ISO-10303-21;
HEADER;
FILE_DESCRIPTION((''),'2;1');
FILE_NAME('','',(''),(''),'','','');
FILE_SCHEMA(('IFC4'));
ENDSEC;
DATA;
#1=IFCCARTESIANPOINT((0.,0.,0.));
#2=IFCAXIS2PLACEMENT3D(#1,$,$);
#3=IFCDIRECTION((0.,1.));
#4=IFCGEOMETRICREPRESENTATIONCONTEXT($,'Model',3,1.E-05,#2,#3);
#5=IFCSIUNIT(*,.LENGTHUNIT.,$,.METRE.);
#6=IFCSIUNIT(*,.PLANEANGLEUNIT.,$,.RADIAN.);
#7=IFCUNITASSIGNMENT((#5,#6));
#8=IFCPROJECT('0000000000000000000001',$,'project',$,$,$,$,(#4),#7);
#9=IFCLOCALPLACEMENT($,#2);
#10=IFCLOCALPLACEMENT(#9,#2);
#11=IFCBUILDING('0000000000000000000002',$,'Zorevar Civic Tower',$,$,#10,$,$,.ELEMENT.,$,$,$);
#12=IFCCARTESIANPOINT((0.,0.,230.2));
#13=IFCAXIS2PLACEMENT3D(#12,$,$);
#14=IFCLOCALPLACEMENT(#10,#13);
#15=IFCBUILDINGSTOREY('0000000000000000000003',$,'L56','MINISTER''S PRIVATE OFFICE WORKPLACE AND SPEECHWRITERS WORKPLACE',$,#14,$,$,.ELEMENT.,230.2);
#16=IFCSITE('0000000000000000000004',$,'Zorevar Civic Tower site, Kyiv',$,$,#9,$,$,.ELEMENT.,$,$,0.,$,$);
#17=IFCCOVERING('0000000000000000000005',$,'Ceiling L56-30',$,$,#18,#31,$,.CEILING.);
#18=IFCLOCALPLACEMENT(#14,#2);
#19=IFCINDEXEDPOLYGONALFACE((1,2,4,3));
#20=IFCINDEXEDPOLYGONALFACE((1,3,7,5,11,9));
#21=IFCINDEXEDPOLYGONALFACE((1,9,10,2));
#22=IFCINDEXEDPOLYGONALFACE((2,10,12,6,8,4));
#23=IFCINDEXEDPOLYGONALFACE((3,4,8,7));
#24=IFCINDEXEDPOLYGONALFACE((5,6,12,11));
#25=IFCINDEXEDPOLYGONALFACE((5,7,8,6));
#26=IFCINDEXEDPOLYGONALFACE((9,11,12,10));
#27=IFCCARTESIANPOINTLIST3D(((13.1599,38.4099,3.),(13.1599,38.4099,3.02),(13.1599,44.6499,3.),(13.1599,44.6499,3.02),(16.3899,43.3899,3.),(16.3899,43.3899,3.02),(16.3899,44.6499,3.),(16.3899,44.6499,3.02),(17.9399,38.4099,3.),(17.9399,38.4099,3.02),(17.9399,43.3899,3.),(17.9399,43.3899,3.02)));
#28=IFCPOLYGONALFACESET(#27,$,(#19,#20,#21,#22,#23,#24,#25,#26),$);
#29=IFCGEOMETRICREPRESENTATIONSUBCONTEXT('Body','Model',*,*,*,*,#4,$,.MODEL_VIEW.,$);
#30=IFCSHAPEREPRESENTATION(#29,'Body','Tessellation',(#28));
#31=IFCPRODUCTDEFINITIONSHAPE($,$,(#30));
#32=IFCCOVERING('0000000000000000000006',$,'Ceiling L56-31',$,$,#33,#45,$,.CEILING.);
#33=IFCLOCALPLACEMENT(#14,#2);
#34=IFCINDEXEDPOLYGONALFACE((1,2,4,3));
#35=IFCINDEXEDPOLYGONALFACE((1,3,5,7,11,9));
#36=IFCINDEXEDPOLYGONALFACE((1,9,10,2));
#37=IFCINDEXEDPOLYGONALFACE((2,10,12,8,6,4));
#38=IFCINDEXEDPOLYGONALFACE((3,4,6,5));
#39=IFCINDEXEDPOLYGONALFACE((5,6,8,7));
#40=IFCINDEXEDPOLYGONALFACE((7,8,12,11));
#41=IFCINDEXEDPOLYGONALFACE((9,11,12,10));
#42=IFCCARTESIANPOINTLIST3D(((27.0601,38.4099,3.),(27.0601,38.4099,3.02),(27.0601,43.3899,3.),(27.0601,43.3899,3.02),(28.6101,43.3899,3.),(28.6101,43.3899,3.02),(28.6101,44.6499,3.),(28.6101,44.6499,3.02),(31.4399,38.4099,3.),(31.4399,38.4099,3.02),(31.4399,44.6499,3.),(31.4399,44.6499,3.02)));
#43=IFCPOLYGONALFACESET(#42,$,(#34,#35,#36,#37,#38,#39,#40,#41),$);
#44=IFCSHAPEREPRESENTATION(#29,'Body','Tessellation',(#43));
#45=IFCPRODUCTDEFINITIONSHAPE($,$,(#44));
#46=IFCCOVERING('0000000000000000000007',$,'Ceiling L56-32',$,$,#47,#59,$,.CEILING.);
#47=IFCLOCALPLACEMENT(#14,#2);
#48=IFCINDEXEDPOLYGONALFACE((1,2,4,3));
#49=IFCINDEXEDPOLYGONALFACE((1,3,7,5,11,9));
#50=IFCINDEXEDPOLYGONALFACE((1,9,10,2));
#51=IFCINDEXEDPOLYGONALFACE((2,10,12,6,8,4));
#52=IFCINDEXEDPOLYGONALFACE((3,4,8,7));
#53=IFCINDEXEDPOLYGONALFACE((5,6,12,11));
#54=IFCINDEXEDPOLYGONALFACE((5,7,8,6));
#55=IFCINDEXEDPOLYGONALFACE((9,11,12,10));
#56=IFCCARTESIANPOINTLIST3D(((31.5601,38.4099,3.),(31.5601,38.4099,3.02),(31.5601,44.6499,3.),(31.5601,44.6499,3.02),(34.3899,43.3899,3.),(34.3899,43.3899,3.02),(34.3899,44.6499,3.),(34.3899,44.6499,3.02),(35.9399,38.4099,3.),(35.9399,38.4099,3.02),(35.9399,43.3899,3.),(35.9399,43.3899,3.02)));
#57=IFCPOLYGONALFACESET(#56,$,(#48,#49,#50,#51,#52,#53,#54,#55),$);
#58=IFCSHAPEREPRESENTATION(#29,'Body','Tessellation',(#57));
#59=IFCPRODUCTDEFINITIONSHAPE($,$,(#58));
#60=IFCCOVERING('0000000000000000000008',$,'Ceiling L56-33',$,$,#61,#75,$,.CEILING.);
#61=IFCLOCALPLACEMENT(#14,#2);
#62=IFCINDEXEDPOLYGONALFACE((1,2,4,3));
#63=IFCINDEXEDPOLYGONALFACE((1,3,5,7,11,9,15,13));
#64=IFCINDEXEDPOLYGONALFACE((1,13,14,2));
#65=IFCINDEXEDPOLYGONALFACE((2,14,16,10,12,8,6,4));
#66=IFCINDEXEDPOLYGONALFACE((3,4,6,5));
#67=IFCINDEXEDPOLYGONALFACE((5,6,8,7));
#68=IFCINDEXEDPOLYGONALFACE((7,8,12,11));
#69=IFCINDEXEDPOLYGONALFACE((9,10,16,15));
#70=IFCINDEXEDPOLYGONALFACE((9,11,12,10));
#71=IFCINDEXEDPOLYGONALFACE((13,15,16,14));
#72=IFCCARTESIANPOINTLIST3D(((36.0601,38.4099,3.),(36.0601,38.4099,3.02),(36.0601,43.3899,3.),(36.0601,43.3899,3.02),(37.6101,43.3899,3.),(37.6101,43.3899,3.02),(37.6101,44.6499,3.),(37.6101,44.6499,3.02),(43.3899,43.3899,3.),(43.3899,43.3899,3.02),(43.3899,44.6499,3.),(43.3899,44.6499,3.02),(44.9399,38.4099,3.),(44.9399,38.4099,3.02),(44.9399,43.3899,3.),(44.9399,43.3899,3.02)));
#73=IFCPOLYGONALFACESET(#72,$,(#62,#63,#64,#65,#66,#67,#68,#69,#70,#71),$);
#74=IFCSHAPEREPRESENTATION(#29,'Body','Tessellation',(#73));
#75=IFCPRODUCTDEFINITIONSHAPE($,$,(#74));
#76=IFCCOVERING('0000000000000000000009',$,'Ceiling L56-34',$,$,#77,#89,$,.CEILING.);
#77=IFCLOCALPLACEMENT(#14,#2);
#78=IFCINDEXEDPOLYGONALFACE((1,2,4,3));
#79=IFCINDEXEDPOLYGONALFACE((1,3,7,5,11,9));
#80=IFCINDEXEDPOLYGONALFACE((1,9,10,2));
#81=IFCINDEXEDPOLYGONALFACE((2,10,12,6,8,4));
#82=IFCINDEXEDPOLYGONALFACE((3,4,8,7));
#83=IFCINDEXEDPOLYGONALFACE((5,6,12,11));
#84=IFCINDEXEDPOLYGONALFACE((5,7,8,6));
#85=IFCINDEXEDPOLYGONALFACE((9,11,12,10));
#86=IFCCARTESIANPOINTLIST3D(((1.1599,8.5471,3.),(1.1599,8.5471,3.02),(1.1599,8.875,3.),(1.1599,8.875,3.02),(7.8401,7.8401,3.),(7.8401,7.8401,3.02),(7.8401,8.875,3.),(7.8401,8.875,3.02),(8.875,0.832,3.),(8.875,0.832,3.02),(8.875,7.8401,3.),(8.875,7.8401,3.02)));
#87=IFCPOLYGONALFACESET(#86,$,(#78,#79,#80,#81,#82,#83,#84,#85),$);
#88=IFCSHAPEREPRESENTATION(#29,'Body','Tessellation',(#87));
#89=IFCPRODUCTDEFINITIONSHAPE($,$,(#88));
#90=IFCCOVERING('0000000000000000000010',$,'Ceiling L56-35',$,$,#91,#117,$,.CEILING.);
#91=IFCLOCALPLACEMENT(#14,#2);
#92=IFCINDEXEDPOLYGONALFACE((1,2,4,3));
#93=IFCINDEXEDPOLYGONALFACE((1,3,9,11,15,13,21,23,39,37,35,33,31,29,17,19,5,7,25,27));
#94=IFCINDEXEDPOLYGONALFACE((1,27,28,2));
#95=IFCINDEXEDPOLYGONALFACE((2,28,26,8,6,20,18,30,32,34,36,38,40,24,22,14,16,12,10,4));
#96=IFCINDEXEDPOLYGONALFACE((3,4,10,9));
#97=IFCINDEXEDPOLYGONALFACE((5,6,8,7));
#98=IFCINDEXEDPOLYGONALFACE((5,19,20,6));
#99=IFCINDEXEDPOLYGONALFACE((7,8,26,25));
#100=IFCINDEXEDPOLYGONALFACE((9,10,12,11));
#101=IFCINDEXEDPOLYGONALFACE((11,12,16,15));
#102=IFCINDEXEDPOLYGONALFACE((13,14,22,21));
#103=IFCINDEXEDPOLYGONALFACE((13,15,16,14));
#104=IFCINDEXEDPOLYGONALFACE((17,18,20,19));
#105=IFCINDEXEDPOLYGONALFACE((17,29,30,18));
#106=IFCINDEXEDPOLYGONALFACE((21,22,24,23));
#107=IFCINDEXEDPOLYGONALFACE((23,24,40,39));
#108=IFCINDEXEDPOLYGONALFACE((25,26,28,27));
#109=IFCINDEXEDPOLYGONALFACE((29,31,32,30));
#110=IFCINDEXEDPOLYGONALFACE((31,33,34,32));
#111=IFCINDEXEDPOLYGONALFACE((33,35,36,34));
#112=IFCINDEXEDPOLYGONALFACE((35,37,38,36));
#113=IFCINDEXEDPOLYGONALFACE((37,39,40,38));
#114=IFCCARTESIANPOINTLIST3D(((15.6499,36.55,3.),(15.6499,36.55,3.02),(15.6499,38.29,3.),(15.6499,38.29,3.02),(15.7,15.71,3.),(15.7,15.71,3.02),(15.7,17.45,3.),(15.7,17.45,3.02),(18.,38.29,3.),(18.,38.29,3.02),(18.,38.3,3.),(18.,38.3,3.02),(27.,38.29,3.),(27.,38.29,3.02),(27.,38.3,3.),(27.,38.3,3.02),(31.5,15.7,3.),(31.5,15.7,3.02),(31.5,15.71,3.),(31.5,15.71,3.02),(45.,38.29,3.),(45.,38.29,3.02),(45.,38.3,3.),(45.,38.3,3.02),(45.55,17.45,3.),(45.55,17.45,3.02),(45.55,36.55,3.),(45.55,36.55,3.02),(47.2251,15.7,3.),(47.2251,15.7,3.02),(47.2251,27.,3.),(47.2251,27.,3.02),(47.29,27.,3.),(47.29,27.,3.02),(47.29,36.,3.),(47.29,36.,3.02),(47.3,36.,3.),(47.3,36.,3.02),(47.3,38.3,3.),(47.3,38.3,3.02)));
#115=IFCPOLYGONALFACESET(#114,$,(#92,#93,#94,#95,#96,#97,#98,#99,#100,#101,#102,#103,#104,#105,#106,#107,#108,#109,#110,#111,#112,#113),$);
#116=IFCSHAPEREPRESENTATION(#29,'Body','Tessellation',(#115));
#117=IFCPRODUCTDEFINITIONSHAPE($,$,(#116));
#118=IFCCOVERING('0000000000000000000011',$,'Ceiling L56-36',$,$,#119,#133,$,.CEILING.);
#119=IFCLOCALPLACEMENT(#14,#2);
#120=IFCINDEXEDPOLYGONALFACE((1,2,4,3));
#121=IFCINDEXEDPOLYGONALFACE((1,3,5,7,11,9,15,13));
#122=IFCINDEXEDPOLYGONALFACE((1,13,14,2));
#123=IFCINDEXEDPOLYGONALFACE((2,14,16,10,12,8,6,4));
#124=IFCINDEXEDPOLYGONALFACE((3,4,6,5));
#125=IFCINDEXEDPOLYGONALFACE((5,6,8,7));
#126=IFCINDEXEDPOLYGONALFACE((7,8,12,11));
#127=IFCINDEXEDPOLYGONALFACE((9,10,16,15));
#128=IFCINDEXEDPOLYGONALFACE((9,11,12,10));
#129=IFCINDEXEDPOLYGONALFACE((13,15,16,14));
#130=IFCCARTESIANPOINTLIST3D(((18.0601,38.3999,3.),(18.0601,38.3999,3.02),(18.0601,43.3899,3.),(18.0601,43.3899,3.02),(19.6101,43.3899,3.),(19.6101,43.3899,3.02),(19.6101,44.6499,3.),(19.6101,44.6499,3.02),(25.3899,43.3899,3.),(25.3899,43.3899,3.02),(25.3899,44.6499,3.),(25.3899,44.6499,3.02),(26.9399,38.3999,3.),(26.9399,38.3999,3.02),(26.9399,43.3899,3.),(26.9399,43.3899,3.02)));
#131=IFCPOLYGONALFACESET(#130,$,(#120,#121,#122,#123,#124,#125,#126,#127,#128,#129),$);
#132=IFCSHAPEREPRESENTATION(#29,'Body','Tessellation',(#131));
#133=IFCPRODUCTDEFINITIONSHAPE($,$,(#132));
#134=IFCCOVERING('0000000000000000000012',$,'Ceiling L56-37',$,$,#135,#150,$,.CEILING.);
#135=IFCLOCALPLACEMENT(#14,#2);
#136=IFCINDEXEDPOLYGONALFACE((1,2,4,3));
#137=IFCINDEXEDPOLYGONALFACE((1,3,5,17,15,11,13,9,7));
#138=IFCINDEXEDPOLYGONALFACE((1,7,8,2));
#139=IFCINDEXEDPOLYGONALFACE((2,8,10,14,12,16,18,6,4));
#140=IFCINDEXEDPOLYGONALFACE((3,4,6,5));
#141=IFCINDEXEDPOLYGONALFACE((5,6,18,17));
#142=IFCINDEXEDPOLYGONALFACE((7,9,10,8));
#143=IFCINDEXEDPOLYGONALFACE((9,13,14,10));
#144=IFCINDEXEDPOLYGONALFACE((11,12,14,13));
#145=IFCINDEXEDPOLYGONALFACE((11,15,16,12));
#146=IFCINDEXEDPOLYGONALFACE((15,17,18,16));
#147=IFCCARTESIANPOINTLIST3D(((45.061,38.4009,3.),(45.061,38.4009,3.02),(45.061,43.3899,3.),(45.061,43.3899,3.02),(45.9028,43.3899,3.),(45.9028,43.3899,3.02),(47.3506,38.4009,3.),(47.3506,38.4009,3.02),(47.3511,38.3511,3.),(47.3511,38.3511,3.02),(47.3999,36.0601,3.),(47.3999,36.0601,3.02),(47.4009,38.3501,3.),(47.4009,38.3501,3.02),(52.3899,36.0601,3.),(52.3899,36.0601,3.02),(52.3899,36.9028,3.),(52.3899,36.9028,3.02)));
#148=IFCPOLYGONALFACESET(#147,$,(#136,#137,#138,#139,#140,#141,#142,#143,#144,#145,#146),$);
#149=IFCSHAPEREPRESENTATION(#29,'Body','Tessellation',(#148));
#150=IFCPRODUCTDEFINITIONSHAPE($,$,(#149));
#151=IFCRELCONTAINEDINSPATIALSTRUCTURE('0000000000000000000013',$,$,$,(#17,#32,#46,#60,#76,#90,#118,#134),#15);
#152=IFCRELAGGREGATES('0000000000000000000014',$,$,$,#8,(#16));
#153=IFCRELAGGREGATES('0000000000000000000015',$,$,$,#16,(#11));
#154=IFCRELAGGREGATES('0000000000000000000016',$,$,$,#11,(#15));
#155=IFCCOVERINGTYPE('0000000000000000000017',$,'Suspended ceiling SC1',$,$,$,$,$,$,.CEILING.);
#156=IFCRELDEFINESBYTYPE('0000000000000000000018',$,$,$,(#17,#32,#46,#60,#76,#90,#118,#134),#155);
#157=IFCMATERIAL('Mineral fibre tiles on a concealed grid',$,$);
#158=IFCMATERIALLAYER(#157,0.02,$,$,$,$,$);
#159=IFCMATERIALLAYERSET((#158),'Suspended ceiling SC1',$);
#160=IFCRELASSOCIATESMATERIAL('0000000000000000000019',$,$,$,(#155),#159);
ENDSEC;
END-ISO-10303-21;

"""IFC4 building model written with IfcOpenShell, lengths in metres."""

from ifc_helpers import new_model, si_unit, direction, frame, origin, place, context, subcontext, project, spatial, polyline, outline, extrude, material, layer, layer_set, type_object, element, save


model = new_model("IFC4")

# Units and contexts
model_context = context("Model", 3, precision=1e-05, world=origin(), true_north=direction((0.0, 1.0)))
body_context = subcontext(model_context, "Body", "Model", "MODEL_VIEW")
ifc_project = project(units=[si_unit("LENGTHUNIT", "METRE"), si_unit("PLANEANGLEUNIT", "RADIAN")], contexts=[model_context])

# Site, building, storey
site_placement = place(None, origin())
site = spatial("IfcSite", under=ifc_project, at=site_placement, Name="Zorevar Civic Tower site, Kyiv", CompositionType="ELEMENT", RefElevation=0.0)
building_placement = place(site_placement, origin())
building = spatial("IfcBuilding", under=site, at=building_placement, Name="Zorevar Civic Tower", CompositionType="ELEMENT")
storey_placement = place(building_placement, frame((0.0, 0.0, 230.2)))
storey = spatial("IfcBuildingStorey", under=building, at=storey_placement, Name="L56", Description="MINISTER'S PRIVATE OFFICE WORKPLACE AND SPEECHWRITERS WORKPLACE", CompositionType="ELEMENT", Elevation=230.2)

# Coverings
ifc_material_1 = material(Name="Mineral fibre tiles on a concealed grid")
ifc_layer = layer(ifc_material_1, 0.02)
ifc_layer_set = layer_set([ifc_layer], Name="Suspended ceiling SC1")
covering_type = type_object("IfcCoveringType", Name="Suspended ceiling SC1", PredefinedType="CEILING", material=ifc_layer_set)
covering_1_placement = place(storey_placement, frame((0.0, 0.0, 3.0)))
element("IfcCovering", 1, at=covering_1_placement, inside=storey, type_object=covering_type, Name="Ceiling L56-30", PredefinedType="CEILING", context=body_context, shape_type="SweptSolid", body=[
    extrude(outline(polyline([(13.1599, 38.4099), (13.1599, 44.6499), (16.3899, 44.6499), (16.3899, 43.3899), (17.9399, 43.3899), (17.9399, 38.4099), (13.1599, 38.4099)])), origin(), (0.0, 0.0, 1.0), 0.02),
])
covering_2_placement = place(storey_placement, frame((0.0, 0.0, 3.0)))
element("IfcCovering", 2, at=covering_2_placement, inside=storey, type_object=covering_type, Name="Ceiling L56-31", PredefinedType="CEILING", context=body_context, shape_type="SweptSolid", body=[
    extrude(outline(polyline([(27.0601, 38.4099), (27.0601, 43.3899), (28.6101, 43.3899), (28.6101, 44.6499), (31.4399, 44.6499), (31.4399, 38.4099), (27.0601, 38.4099)])), origin(), (0.0, 0.0, 1.0), 0.02),
])
covering_3_placement = place(storey_placement, frame((0.0, 0.0, 3.0)))
element("IfcCovering", 3, at=covering_3_placement, inside=storey, type_object=covering_type, Name="Ceiling L56-32", PredefinedType="CEILING", context=body_context, shape_type="SweptSolid", body=[
    extrude(outline(polyline([(31.5601, 38.4099), (31.5601, 44.6499), (34.3899, 44.6499), (34.3899, 43.3899), (35.9399, 43.3899), (35.9399, 38.4099), (31.5601, 38.4099)])), origin(), (0.0, 0.0, 1.0), 0.02),
])
covering_4_placement = place(storey_placement, frame((0.0, 0.0, 3.0)))
element("IfcCovering", 4, at=covering_4_placement, inside=storey, type_object=covering_type, Name="Ceiling L56-33", PredefinedType="CEILING", context=body_context, shape_type="SweptSolid", body=[
    extrude(outline(polyline([(37.6101, 43.3899), (37.6101, 44.6499), (43.3899, 44.6499), (43.3899, 43.3899), (44.9399, 43.3899), (44.9399, 38.4099), (36.0601, 38.4099), (36.0601, 43.3899), (37.6101, 43.3899)])), origin(), (0.0, 0.0, 1.0), 0.02),
])
covering_5_placement = place(storey_placement, frame((0.0, 0.0, 3.0)))
element("IfcCovering", 5, at=covering_5_placement, inside=storey, type_object=covering_type, Name="Ceiling L56-34", PredefinedType="CEILING", context=body_context, shape_type="SweptSolid", body=[
    extrude(outline(polyline([(1.1599, 8.875), (7.8401, 8.875), (7.8401, 7.8401), (8.875, 7.8401), (8.875, 0.832), (1.1599, 8.5471), (1.1599, 8.875)])), origin(), (0.0, 0.0, 1.0), 0.02),
])
covering_6_placement = place(storey_placement, frame((0.0, 0.0, 3.0)))
element("IfcCovering", 6, at=covering_6_placement, inside=storey, type_object=covering_type, Name="Ceiling L56-35", PredefinedType="CEILING", context=body_context, shape_type="SweptSolid", body=[
    extrude(outline(polyline([(18.0, 38.29), (18.0, 38.3), (27.0, 38.3), (27.0, 38.29), (45.0, 38.29), (45.0, 38.3), (47.3, 38.3), (47.3, 36.0), (47.29, 36.0), (47.29, 27.0), (47.2251, 27.0), (47.2251, 15.7), (31.5, 15.7), (31.5, 15.71), (15.7, 15.71), (15.7, 17.45), (45.55, 17.45), (45.55, 36.55), (15.6499, 36.55), (15.6499, 38.29), (18.0, 38.29)])), origin(), (0.0, 0.0, 1.0), 0.02),
])
covering_7_placement = place(storey_placement, frame((0.0, 0.0, 3.0)))
element("IfcCovering", 7, at=covering_7_placement, inside=storey, type_object=covering_type, Name="Ceiling L56-36", PredefinedType="CEILING", context=body_context, shape_type="SweptSolid", body=[
    extrude(outline(polyline([(26.9399, 38.3999), (18.0601, 38.3999), (18.0601, 43.3899), (19.6101, 43.3899), (19.6101, 44.6499), (25.3899, 44.6499), (25.3899, 43.3899), (26.9399, 43.3899), (26.9399, 38.3999)])), origin(), (0.0, 0.0, 1.0), 0.02),
])
covering_8_placement = place(storey_placement, frame((0.0, 0.0, 3.0)))
element("IfcCovering", 8, at=covering_8_placement, inside=storey, type_object=covering_type, Name="Ceiling L56-37", PredefinedType="CEILING", context=body_context, shape_type="SweptSolid", body=[
    extrude(outline(polyline([(47.3506, 38.4009), (45.061, 38.4009), (45.061, 43.3899), (45.9028, 43.3899), (52.3899, 36.9028), (52.3899, 36.0601), (47.3999, 36.0601), (47.4009, 38.3501), (47.3511, 38.3511), (47.3506, 38.4009)])), origin(), (0.0, 0.0, 1.0), 0.02),
])

save(model, "model.ifc")
